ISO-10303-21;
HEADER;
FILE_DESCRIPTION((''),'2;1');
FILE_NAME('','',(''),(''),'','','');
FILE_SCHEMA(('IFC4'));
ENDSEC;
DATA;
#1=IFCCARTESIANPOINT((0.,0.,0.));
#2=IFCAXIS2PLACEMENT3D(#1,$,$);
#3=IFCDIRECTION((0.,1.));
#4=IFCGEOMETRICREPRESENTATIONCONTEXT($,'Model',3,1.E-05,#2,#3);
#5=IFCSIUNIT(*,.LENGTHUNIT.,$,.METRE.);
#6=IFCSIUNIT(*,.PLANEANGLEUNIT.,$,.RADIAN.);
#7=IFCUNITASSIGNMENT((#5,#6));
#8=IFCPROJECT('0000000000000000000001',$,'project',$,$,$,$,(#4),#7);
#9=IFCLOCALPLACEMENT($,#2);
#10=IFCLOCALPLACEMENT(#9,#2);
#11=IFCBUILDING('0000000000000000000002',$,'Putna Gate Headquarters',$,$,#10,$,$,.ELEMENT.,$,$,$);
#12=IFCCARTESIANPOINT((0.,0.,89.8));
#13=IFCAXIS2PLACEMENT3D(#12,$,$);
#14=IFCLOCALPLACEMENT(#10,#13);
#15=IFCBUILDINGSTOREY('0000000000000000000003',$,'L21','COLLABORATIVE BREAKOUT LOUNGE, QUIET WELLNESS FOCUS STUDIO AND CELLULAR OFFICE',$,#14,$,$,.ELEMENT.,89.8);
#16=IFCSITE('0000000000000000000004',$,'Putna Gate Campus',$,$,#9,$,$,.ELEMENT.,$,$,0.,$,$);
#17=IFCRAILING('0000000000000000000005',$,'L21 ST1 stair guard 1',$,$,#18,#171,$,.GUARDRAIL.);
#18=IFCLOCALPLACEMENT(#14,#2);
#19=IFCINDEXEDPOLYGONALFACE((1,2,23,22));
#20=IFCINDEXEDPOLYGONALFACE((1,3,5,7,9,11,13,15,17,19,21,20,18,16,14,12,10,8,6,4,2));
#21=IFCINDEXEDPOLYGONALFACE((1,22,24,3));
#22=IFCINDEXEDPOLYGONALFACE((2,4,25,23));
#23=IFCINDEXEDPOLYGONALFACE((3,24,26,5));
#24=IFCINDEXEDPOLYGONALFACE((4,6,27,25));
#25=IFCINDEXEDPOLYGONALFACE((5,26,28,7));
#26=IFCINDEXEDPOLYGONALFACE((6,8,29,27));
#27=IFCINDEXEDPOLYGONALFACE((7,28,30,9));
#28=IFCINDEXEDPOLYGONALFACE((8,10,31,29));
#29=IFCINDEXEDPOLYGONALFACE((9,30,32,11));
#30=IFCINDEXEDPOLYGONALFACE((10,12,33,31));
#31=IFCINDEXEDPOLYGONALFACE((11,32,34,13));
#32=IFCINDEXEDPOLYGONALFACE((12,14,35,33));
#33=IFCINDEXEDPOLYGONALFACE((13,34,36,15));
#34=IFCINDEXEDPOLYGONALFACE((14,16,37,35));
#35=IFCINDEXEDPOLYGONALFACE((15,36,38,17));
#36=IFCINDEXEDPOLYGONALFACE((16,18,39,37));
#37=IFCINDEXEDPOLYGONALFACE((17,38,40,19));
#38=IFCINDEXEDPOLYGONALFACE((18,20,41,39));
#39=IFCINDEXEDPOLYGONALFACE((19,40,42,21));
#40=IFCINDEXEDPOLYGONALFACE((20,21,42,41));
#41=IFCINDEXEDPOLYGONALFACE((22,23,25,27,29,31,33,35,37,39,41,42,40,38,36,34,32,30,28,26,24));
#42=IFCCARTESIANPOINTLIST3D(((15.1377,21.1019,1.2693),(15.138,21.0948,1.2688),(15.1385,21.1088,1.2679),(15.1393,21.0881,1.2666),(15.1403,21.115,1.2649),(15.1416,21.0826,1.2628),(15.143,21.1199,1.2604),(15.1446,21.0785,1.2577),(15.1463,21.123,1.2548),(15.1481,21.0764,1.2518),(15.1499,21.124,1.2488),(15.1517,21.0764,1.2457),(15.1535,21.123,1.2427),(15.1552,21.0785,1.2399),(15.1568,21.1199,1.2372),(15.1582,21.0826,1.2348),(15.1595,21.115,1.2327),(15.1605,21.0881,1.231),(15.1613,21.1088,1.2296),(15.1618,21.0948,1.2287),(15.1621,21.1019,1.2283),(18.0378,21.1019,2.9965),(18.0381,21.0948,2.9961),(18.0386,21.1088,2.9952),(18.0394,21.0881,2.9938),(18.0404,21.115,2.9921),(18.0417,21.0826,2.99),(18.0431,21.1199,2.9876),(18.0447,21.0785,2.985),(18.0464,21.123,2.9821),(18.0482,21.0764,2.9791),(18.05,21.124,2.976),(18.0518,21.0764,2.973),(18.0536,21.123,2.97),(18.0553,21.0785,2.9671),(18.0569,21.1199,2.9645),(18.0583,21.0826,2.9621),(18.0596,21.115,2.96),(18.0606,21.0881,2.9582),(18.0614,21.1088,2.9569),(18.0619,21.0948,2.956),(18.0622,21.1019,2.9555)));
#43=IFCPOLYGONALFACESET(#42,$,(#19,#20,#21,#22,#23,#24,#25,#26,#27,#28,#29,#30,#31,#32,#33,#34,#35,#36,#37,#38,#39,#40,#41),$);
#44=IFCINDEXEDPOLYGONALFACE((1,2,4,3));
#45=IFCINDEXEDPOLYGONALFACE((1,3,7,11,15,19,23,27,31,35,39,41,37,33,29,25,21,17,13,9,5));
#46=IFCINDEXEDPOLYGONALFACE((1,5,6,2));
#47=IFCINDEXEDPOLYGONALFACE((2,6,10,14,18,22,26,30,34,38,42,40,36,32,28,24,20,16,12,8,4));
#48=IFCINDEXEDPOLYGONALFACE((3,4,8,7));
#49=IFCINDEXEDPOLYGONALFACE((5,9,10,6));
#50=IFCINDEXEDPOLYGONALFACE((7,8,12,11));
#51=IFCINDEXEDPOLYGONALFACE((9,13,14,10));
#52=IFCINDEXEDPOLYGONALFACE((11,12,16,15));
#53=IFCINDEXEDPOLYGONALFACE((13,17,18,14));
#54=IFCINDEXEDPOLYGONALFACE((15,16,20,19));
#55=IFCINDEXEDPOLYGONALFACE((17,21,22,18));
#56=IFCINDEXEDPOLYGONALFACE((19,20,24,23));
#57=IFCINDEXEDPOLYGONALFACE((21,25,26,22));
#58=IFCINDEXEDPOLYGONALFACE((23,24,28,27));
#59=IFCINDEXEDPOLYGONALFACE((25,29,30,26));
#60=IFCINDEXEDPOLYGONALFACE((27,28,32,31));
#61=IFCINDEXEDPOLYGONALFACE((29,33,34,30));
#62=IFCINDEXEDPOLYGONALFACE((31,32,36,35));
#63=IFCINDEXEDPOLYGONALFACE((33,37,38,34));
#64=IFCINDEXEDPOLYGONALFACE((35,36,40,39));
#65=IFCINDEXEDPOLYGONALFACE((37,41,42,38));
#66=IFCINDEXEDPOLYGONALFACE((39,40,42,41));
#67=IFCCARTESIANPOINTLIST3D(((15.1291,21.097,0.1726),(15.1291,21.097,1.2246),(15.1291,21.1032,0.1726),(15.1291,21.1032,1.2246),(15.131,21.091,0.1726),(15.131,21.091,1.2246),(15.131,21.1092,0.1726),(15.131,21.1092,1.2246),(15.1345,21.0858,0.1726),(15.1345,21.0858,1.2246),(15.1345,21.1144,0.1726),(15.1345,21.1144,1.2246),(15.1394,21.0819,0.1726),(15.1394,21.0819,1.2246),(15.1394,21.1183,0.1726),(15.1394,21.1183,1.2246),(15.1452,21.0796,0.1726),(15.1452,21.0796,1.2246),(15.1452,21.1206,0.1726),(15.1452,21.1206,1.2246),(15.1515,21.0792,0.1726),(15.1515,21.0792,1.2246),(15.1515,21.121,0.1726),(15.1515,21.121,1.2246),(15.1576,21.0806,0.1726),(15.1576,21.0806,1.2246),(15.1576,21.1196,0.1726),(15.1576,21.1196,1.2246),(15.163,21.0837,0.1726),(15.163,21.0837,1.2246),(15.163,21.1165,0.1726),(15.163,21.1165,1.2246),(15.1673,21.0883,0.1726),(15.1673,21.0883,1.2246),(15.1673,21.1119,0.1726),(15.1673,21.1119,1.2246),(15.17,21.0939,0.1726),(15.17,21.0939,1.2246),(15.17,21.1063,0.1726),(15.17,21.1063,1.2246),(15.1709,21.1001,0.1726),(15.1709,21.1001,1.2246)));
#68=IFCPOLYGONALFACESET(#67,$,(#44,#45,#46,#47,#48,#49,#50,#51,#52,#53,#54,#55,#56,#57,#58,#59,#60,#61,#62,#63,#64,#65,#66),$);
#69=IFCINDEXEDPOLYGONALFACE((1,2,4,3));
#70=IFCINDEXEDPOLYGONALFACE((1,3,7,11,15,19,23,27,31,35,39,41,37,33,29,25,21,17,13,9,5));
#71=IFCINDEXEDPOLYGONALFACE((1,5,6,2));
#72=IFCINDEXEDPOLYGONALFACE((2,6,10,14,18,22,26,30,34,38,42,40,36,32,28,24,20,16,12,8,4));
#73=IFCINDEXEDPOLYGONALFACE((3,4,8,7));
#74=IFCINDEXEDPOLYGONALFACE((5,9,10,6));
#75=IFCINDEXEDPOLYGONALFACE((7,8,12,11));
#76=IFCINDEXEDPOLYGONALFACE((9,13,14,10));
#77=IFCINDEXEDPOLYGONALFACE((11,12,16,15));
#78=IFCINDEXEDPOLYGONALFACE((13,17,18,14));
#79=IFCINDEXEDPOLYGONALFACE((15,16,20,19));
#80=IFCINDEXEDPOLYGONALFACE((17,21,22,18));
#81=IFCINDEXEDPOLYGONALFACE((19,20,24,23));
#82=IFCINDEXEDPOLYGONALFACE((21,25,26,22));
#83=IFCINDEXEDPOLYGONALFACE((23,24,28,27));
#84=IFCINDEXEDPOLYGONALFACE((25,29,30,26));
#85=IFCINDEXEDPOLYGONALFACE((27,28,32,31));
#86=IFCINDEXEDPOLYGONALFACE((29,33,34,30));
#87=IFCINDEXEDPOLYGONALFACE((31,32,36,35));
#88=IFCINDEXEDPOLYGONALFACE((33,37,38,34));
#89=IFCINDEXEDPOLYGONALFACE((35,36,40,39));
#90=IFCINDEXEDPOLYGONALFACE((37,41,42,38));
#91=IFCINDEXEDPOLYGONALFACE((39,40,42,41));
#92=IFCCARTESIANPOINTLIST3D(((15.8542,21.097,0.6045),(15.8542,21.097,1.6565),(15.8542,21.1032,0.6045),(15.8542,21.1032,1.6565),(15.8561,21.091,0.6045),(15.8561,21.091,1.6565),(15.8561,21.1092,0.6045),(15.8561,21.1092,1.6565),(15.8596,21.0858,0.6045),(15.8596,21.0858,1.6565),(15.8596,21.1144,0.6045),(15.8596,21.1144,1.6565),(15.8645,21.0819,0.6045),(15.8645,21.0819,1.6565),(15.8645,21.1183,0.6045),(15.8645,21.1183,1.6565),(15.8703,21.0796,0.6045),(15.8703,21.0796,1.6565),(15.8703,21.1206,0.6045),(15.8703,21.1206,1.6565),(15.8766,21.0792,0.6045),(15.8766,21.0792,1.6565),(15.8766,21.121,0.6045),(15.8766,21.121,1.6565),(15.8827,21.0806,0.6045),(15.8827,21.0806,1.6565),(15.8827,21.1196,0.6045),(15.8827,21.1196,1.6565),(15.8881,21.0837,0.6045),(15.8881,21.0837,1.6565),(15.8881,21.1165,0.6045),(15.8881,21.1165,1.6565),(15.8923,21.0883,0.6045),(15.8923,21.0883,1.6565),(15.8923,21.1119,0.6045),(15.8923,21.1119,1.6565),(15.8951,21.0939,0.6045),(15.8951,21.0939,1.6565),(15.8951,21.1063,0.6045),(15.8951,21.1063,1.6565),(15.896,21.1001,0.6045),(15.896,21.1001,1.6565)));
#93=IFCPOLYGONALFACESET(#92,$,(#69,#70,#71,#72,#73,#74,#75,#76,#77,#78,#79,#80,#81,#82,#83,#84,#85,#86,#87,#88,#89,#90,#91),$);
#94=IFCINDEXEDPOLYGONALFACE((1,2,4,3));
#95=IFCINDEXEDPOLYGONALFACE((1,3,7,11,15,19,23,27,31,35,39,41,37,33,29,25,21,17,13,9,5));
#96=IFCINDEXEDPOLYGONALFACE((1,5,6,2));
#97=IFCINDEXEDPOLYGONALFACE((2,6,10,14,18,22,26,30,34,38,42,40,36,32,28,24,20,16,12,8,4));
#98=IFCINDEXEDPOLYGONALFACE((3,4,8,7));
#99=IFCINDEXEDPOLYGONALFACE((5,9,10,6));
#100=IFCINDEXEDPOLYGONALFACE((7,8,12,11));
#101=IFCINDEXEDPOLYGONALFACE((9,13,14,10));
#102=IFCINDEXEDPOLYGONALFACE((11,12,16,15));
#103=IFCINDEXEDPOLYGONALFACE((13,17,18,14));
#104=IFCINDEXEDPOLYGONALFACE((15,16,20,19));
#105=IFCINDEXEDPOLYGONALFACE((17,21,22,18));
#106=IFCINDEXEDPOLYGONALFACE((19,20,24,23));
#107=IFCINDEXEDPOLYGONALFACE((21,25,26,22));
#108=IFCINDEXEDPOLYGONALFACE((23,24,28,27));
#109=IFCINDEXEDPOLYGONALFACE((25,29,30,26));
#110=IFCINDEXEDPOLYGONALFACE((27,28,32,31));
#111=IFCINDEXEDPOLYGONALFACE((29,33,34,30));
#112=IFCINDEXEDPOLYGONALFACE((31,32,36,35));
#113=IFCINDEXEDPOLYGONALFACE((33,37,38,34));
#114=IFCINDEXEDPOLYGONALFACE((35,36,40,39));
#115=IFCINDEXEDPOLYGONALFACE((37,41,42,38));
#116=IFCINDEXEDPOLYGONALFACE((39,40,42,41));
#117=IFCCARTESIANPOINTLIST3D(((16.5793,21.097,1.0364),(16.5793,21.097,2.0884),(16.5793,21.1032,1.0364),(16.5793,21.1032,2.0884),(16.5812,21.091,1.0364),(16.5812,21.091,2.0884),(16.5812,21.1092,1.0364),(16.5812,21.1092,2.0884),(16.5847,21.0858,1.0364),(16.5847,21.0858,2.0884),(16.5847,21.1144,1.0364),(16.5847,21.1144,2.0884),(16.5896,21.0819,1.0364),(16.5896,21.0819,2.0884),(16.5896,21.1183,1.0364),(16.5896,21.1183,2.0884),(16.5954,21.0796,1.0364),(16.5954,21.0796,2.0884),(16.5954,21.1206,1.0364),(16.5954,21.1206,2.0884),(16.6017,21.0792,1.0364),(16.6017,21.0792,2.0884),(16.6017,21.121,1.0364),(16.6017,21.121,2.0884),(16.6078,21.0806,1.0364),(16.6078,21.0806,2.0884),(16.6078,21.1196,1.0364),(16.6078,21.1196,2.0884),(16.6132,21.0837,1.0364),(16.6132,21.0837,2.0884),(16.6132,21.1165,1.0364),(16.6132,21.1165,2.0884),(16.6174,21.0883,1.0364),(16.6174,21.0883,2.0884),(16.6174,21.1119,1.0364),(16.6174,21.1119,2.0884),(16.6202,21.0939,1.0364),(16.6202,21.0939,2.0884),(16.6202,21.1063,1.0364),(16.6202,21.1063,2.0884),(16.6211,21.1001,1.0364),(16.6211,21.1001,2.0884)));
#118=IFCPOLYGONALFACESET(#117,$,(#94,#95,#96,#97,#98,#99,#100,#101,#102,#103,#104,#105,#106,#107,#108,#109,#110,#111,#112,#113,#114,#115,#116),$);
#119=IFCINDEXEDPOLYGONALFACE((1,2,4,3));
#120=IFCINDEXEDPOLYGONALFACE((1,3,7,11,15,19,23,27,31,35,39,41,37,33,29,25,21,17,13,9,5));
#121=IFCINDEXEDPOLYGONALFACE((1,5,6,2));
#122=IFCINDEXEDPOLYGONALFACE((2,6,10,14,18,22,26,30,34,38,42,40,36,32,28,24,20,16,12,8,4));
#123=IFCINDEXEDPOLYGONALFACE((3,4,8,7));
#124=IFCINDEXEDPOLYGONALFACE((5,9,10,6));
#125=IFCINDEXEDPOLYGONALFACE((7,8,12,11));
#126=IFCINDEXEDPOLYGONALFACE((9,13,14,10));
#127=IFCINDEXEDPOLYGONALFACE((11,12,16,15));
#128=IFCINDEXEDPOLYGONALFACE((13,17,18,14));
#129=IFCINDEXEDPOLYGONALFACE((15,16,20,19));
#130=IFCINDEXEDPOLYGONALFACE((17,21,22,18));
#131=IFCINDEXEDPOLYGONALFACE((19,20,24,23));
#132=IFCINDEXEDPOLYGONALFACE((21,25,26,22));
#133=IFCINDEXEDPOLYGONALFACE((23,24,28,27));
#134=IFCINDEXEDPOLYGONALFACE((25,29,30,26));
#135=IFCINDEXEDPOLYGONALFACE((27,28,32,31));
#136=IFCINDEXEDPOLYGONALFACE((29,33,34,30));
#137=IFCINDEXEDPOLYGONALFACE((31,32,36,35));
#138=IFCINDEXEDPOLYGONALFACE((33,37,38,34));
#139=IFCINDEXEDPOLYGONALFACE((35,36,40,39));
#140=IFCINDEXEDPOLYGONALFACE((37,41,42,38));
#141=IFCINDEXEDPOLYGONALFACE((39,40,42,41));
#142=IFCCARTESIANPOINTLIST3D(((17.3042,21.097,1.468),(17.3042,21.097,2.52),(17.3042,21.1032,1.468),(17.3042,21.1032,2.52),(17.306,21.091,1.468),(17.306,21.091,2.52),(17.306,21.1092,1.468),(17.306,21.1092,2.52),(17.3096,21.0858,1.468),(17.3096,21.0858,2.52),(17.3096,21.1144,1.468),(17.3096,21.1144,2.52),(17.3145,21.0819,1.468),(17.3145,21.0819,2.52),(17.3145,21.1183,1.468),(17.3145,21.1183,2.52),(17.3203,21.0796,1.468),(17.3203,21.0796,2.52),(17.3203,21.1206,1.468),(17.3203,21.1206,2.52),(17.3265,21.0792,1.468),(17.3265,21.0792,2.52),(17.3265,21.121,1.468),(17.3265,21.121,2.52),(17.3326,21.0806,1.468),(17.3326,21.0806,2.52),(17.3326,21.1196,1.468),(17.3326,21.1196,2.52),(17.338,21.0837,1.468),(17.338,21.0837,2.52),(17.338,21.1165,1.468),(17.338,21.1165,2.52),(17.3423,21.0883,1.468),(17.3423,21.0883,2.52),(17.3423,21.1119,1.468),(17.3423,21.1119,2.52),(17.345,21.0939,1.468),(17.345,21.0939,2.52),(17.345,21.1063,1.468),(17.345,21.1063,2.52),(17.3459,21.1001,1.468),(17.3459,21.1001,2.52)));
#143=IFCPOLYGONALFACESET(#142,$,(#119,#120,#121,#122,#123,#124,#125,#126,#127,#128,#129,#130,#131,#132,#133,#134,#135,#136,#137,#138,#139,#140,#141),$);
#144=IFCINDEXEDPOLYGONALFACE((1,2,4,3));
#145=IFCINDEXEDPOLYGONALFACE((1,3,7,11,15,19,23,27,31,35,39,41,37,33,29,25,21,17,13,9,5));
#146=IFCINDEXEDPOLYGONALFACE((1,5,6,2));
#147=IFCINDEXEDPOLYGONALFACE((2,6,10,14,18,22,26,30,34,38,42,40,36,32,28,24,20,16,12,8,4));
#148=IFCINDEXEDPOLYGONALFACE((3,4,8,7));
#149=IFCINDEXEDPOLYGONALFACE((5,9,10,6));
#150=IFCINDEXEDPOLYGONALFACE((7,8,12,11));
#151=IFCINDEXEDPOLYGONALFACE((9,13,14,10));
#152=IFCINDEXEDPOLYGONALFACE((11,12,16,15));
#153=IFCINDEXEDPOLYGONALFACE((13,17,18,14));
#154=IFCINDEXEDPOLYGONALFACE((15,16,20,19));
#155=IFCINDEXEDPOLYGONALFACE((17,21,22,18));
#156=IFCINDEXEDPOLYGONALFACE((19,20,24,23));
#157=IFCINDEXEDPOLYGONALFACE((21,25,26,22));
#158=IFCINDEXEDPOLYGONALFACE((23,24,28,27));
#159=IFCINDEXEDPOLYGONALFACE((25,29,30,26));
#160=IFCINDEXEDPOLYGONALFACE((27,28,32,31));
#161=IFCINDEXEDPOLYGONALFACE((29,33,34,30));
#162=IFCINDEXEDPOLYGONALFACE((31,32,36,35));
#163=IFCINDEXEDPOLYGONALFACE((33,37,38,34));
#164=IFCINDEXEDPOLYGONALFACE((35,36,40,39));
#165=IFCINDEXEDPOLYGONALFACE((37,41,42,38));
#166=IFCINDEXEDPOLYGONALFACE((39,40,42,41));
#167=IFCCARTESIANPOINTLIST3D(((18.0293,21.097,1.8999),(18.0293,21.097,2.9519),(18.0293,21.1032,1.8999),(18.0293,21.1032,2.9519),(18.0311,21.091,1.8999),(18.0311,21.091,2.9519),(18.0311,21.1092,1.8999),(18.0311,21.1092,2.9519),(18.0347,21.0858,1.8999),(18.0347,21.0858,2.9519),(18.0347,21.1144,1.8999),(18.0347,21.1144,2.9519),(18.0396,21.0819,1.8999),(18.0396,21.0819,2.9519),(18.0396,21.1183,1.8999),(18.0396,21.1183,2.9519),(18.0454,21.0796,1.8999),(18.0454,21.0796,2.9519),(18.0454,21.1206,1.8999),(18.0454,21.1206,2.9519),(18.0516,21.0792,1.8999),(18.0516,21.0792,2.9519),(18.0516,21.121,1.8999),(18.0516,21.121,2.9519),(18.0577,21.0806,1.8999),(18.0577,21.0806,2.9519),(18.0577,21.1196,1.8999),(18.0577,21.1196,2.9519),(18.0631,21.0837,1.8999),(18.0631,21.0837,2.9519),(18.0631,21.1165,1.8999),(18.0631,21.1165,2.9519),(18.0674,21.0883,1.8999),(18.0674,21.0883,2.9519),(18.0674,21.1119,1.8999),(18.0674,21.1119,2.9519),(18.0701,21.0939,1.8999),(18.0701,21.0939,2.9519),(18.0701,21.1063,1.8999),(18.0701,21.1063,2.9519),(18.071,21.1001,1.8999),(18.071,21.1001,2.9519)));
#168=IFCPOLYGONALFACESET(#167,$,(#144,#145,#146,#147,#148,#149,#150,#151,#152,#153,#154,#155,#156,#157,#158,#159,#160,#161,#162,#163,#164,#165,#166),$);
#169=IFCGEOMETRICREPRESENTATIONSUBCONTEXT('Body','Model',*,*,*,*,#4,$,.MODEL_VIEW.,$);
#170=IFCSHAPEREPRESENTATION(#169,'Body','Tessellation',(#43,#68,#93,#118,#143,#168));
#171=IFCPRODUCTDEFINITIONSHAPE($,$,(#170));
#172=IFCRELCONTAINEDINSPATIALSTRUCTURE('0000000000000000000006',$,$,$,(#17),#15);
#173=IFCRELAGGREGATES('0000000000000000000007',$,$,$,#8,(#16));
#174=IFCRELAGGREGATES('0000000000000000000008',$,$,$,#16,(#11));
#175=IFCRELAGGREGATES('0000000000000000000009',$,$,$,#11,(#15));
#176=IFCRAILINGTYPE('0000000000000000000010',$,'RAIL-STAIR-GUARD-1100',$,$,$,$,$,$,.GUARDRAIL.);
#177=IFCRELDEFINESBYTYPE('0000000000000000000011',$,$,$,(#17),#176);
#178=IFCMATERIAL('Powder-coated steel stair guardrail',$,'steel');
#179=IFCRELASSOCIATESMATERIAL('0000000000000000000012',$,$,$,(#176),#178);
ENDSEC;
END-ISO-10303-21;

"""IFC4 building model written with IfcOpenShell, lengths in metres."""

from ifc_helpers import new_model, si_unit, direction, frame, origin, origin_2d, place, context, subcontext, project, spatial, circle, extrude, material, type_object, element, save


model = new_model("IFC4")

# Units and contexts
model_context = context("Model", 3, precision=1e-05, world=origin(), true_north=direction((0.0, 1.0)))
body_context = subcontext(model_context, "Body", "Model", "MODEL_VIEW")
ifc_project = project(units=[si_unit("LENGTHUNIT", "METRE"), si_unit("PLANEANGLEUNIT", "RADIAN")], contexts=[model_context])

# Site, building, storey
site_placement = place(None, origin())
site = spatial("IfcSite", under=ifc_project, at=site_placement, Name="Putna Gate Campus", CompositionType="ELEMENT", RefElevation=0.0)
building_placement = place(site_placement, origin())
building = spatial("IfcBuilding", under=site, at=building_placement, Name="Putna Gate Headquarters", CompositionType="ELEMENT")
storey_placement = place(building_placement, frame((0.0, 0.0, 89.8)))
storey = spatial("IfcBuildingStorey", under=building, at=storey_placement, Name="L21", Description="COLLABORATIVE BREAKOUT LOUNGE, QUIET WELLNESS FOCUS STUDIO AND CELLULAR OFFICE", CompositionType="ELEMENT", Elevation=89.8)

# Railing
ifc_material_1 = material(Name="Powder-coated steel stair guardrail", Category="steel")
railing_type_1 = type_object("IfcRailingType", Name="RAIL-STAIR-GUARD-1100", PredefinedType="GUARDRAIL", material=ifc_material_1)
railing_1_placement = place(storey_placement, frame((15.1499, 21.1001, 0.1726)))
element("IfcRailing", 1, at=railing_1_placement, inside=storey, type_object=railing_type_1, Name="L21 ST1 stair guard 1", PredefinedType="GUARDRAIL", context=body_context, shape_type="SweptSolid", body=[
    extrude(circle(Radius=0.0239, at=origin_2d()), frame((0.0, 0.0, 1.0762), z_axis=(0.85916, 0.0, 0.511706), x_axis=(0.0, 1.0, 0.0)), (0.0, 0.0, 1.0), 3.3755),
    extrude(circle(Radius=0.021, at=origin_2d()), origin(), (0.0, 0.0, 1.0), 1.052),
    extrude(circle(Radius=0.021, at=origin_2d()), frame((0.7251, 0.0, 0.4319)), (0.0, 0.0, 1.0), 1.052),
    extrude(circle(Radius=0.021, at=origin_2d()), frame((1.4502, 0.0, 0.8638)), (0.0, 0.0, 1.0), 1.052),
    extrude(circle(Radius=0.021, at=origin_2d()), frame((2.175, 0.0, 1.2954)), (0.0, 0.0, 1.0), 1.052),
    extrude(circle(Radius=0.021, at=origin_2d()), frame((2.9001, 0.0, 1.7273)), (0.0, 0.0, 1.0), 1.052),
])

save(model, "model.ifc")
